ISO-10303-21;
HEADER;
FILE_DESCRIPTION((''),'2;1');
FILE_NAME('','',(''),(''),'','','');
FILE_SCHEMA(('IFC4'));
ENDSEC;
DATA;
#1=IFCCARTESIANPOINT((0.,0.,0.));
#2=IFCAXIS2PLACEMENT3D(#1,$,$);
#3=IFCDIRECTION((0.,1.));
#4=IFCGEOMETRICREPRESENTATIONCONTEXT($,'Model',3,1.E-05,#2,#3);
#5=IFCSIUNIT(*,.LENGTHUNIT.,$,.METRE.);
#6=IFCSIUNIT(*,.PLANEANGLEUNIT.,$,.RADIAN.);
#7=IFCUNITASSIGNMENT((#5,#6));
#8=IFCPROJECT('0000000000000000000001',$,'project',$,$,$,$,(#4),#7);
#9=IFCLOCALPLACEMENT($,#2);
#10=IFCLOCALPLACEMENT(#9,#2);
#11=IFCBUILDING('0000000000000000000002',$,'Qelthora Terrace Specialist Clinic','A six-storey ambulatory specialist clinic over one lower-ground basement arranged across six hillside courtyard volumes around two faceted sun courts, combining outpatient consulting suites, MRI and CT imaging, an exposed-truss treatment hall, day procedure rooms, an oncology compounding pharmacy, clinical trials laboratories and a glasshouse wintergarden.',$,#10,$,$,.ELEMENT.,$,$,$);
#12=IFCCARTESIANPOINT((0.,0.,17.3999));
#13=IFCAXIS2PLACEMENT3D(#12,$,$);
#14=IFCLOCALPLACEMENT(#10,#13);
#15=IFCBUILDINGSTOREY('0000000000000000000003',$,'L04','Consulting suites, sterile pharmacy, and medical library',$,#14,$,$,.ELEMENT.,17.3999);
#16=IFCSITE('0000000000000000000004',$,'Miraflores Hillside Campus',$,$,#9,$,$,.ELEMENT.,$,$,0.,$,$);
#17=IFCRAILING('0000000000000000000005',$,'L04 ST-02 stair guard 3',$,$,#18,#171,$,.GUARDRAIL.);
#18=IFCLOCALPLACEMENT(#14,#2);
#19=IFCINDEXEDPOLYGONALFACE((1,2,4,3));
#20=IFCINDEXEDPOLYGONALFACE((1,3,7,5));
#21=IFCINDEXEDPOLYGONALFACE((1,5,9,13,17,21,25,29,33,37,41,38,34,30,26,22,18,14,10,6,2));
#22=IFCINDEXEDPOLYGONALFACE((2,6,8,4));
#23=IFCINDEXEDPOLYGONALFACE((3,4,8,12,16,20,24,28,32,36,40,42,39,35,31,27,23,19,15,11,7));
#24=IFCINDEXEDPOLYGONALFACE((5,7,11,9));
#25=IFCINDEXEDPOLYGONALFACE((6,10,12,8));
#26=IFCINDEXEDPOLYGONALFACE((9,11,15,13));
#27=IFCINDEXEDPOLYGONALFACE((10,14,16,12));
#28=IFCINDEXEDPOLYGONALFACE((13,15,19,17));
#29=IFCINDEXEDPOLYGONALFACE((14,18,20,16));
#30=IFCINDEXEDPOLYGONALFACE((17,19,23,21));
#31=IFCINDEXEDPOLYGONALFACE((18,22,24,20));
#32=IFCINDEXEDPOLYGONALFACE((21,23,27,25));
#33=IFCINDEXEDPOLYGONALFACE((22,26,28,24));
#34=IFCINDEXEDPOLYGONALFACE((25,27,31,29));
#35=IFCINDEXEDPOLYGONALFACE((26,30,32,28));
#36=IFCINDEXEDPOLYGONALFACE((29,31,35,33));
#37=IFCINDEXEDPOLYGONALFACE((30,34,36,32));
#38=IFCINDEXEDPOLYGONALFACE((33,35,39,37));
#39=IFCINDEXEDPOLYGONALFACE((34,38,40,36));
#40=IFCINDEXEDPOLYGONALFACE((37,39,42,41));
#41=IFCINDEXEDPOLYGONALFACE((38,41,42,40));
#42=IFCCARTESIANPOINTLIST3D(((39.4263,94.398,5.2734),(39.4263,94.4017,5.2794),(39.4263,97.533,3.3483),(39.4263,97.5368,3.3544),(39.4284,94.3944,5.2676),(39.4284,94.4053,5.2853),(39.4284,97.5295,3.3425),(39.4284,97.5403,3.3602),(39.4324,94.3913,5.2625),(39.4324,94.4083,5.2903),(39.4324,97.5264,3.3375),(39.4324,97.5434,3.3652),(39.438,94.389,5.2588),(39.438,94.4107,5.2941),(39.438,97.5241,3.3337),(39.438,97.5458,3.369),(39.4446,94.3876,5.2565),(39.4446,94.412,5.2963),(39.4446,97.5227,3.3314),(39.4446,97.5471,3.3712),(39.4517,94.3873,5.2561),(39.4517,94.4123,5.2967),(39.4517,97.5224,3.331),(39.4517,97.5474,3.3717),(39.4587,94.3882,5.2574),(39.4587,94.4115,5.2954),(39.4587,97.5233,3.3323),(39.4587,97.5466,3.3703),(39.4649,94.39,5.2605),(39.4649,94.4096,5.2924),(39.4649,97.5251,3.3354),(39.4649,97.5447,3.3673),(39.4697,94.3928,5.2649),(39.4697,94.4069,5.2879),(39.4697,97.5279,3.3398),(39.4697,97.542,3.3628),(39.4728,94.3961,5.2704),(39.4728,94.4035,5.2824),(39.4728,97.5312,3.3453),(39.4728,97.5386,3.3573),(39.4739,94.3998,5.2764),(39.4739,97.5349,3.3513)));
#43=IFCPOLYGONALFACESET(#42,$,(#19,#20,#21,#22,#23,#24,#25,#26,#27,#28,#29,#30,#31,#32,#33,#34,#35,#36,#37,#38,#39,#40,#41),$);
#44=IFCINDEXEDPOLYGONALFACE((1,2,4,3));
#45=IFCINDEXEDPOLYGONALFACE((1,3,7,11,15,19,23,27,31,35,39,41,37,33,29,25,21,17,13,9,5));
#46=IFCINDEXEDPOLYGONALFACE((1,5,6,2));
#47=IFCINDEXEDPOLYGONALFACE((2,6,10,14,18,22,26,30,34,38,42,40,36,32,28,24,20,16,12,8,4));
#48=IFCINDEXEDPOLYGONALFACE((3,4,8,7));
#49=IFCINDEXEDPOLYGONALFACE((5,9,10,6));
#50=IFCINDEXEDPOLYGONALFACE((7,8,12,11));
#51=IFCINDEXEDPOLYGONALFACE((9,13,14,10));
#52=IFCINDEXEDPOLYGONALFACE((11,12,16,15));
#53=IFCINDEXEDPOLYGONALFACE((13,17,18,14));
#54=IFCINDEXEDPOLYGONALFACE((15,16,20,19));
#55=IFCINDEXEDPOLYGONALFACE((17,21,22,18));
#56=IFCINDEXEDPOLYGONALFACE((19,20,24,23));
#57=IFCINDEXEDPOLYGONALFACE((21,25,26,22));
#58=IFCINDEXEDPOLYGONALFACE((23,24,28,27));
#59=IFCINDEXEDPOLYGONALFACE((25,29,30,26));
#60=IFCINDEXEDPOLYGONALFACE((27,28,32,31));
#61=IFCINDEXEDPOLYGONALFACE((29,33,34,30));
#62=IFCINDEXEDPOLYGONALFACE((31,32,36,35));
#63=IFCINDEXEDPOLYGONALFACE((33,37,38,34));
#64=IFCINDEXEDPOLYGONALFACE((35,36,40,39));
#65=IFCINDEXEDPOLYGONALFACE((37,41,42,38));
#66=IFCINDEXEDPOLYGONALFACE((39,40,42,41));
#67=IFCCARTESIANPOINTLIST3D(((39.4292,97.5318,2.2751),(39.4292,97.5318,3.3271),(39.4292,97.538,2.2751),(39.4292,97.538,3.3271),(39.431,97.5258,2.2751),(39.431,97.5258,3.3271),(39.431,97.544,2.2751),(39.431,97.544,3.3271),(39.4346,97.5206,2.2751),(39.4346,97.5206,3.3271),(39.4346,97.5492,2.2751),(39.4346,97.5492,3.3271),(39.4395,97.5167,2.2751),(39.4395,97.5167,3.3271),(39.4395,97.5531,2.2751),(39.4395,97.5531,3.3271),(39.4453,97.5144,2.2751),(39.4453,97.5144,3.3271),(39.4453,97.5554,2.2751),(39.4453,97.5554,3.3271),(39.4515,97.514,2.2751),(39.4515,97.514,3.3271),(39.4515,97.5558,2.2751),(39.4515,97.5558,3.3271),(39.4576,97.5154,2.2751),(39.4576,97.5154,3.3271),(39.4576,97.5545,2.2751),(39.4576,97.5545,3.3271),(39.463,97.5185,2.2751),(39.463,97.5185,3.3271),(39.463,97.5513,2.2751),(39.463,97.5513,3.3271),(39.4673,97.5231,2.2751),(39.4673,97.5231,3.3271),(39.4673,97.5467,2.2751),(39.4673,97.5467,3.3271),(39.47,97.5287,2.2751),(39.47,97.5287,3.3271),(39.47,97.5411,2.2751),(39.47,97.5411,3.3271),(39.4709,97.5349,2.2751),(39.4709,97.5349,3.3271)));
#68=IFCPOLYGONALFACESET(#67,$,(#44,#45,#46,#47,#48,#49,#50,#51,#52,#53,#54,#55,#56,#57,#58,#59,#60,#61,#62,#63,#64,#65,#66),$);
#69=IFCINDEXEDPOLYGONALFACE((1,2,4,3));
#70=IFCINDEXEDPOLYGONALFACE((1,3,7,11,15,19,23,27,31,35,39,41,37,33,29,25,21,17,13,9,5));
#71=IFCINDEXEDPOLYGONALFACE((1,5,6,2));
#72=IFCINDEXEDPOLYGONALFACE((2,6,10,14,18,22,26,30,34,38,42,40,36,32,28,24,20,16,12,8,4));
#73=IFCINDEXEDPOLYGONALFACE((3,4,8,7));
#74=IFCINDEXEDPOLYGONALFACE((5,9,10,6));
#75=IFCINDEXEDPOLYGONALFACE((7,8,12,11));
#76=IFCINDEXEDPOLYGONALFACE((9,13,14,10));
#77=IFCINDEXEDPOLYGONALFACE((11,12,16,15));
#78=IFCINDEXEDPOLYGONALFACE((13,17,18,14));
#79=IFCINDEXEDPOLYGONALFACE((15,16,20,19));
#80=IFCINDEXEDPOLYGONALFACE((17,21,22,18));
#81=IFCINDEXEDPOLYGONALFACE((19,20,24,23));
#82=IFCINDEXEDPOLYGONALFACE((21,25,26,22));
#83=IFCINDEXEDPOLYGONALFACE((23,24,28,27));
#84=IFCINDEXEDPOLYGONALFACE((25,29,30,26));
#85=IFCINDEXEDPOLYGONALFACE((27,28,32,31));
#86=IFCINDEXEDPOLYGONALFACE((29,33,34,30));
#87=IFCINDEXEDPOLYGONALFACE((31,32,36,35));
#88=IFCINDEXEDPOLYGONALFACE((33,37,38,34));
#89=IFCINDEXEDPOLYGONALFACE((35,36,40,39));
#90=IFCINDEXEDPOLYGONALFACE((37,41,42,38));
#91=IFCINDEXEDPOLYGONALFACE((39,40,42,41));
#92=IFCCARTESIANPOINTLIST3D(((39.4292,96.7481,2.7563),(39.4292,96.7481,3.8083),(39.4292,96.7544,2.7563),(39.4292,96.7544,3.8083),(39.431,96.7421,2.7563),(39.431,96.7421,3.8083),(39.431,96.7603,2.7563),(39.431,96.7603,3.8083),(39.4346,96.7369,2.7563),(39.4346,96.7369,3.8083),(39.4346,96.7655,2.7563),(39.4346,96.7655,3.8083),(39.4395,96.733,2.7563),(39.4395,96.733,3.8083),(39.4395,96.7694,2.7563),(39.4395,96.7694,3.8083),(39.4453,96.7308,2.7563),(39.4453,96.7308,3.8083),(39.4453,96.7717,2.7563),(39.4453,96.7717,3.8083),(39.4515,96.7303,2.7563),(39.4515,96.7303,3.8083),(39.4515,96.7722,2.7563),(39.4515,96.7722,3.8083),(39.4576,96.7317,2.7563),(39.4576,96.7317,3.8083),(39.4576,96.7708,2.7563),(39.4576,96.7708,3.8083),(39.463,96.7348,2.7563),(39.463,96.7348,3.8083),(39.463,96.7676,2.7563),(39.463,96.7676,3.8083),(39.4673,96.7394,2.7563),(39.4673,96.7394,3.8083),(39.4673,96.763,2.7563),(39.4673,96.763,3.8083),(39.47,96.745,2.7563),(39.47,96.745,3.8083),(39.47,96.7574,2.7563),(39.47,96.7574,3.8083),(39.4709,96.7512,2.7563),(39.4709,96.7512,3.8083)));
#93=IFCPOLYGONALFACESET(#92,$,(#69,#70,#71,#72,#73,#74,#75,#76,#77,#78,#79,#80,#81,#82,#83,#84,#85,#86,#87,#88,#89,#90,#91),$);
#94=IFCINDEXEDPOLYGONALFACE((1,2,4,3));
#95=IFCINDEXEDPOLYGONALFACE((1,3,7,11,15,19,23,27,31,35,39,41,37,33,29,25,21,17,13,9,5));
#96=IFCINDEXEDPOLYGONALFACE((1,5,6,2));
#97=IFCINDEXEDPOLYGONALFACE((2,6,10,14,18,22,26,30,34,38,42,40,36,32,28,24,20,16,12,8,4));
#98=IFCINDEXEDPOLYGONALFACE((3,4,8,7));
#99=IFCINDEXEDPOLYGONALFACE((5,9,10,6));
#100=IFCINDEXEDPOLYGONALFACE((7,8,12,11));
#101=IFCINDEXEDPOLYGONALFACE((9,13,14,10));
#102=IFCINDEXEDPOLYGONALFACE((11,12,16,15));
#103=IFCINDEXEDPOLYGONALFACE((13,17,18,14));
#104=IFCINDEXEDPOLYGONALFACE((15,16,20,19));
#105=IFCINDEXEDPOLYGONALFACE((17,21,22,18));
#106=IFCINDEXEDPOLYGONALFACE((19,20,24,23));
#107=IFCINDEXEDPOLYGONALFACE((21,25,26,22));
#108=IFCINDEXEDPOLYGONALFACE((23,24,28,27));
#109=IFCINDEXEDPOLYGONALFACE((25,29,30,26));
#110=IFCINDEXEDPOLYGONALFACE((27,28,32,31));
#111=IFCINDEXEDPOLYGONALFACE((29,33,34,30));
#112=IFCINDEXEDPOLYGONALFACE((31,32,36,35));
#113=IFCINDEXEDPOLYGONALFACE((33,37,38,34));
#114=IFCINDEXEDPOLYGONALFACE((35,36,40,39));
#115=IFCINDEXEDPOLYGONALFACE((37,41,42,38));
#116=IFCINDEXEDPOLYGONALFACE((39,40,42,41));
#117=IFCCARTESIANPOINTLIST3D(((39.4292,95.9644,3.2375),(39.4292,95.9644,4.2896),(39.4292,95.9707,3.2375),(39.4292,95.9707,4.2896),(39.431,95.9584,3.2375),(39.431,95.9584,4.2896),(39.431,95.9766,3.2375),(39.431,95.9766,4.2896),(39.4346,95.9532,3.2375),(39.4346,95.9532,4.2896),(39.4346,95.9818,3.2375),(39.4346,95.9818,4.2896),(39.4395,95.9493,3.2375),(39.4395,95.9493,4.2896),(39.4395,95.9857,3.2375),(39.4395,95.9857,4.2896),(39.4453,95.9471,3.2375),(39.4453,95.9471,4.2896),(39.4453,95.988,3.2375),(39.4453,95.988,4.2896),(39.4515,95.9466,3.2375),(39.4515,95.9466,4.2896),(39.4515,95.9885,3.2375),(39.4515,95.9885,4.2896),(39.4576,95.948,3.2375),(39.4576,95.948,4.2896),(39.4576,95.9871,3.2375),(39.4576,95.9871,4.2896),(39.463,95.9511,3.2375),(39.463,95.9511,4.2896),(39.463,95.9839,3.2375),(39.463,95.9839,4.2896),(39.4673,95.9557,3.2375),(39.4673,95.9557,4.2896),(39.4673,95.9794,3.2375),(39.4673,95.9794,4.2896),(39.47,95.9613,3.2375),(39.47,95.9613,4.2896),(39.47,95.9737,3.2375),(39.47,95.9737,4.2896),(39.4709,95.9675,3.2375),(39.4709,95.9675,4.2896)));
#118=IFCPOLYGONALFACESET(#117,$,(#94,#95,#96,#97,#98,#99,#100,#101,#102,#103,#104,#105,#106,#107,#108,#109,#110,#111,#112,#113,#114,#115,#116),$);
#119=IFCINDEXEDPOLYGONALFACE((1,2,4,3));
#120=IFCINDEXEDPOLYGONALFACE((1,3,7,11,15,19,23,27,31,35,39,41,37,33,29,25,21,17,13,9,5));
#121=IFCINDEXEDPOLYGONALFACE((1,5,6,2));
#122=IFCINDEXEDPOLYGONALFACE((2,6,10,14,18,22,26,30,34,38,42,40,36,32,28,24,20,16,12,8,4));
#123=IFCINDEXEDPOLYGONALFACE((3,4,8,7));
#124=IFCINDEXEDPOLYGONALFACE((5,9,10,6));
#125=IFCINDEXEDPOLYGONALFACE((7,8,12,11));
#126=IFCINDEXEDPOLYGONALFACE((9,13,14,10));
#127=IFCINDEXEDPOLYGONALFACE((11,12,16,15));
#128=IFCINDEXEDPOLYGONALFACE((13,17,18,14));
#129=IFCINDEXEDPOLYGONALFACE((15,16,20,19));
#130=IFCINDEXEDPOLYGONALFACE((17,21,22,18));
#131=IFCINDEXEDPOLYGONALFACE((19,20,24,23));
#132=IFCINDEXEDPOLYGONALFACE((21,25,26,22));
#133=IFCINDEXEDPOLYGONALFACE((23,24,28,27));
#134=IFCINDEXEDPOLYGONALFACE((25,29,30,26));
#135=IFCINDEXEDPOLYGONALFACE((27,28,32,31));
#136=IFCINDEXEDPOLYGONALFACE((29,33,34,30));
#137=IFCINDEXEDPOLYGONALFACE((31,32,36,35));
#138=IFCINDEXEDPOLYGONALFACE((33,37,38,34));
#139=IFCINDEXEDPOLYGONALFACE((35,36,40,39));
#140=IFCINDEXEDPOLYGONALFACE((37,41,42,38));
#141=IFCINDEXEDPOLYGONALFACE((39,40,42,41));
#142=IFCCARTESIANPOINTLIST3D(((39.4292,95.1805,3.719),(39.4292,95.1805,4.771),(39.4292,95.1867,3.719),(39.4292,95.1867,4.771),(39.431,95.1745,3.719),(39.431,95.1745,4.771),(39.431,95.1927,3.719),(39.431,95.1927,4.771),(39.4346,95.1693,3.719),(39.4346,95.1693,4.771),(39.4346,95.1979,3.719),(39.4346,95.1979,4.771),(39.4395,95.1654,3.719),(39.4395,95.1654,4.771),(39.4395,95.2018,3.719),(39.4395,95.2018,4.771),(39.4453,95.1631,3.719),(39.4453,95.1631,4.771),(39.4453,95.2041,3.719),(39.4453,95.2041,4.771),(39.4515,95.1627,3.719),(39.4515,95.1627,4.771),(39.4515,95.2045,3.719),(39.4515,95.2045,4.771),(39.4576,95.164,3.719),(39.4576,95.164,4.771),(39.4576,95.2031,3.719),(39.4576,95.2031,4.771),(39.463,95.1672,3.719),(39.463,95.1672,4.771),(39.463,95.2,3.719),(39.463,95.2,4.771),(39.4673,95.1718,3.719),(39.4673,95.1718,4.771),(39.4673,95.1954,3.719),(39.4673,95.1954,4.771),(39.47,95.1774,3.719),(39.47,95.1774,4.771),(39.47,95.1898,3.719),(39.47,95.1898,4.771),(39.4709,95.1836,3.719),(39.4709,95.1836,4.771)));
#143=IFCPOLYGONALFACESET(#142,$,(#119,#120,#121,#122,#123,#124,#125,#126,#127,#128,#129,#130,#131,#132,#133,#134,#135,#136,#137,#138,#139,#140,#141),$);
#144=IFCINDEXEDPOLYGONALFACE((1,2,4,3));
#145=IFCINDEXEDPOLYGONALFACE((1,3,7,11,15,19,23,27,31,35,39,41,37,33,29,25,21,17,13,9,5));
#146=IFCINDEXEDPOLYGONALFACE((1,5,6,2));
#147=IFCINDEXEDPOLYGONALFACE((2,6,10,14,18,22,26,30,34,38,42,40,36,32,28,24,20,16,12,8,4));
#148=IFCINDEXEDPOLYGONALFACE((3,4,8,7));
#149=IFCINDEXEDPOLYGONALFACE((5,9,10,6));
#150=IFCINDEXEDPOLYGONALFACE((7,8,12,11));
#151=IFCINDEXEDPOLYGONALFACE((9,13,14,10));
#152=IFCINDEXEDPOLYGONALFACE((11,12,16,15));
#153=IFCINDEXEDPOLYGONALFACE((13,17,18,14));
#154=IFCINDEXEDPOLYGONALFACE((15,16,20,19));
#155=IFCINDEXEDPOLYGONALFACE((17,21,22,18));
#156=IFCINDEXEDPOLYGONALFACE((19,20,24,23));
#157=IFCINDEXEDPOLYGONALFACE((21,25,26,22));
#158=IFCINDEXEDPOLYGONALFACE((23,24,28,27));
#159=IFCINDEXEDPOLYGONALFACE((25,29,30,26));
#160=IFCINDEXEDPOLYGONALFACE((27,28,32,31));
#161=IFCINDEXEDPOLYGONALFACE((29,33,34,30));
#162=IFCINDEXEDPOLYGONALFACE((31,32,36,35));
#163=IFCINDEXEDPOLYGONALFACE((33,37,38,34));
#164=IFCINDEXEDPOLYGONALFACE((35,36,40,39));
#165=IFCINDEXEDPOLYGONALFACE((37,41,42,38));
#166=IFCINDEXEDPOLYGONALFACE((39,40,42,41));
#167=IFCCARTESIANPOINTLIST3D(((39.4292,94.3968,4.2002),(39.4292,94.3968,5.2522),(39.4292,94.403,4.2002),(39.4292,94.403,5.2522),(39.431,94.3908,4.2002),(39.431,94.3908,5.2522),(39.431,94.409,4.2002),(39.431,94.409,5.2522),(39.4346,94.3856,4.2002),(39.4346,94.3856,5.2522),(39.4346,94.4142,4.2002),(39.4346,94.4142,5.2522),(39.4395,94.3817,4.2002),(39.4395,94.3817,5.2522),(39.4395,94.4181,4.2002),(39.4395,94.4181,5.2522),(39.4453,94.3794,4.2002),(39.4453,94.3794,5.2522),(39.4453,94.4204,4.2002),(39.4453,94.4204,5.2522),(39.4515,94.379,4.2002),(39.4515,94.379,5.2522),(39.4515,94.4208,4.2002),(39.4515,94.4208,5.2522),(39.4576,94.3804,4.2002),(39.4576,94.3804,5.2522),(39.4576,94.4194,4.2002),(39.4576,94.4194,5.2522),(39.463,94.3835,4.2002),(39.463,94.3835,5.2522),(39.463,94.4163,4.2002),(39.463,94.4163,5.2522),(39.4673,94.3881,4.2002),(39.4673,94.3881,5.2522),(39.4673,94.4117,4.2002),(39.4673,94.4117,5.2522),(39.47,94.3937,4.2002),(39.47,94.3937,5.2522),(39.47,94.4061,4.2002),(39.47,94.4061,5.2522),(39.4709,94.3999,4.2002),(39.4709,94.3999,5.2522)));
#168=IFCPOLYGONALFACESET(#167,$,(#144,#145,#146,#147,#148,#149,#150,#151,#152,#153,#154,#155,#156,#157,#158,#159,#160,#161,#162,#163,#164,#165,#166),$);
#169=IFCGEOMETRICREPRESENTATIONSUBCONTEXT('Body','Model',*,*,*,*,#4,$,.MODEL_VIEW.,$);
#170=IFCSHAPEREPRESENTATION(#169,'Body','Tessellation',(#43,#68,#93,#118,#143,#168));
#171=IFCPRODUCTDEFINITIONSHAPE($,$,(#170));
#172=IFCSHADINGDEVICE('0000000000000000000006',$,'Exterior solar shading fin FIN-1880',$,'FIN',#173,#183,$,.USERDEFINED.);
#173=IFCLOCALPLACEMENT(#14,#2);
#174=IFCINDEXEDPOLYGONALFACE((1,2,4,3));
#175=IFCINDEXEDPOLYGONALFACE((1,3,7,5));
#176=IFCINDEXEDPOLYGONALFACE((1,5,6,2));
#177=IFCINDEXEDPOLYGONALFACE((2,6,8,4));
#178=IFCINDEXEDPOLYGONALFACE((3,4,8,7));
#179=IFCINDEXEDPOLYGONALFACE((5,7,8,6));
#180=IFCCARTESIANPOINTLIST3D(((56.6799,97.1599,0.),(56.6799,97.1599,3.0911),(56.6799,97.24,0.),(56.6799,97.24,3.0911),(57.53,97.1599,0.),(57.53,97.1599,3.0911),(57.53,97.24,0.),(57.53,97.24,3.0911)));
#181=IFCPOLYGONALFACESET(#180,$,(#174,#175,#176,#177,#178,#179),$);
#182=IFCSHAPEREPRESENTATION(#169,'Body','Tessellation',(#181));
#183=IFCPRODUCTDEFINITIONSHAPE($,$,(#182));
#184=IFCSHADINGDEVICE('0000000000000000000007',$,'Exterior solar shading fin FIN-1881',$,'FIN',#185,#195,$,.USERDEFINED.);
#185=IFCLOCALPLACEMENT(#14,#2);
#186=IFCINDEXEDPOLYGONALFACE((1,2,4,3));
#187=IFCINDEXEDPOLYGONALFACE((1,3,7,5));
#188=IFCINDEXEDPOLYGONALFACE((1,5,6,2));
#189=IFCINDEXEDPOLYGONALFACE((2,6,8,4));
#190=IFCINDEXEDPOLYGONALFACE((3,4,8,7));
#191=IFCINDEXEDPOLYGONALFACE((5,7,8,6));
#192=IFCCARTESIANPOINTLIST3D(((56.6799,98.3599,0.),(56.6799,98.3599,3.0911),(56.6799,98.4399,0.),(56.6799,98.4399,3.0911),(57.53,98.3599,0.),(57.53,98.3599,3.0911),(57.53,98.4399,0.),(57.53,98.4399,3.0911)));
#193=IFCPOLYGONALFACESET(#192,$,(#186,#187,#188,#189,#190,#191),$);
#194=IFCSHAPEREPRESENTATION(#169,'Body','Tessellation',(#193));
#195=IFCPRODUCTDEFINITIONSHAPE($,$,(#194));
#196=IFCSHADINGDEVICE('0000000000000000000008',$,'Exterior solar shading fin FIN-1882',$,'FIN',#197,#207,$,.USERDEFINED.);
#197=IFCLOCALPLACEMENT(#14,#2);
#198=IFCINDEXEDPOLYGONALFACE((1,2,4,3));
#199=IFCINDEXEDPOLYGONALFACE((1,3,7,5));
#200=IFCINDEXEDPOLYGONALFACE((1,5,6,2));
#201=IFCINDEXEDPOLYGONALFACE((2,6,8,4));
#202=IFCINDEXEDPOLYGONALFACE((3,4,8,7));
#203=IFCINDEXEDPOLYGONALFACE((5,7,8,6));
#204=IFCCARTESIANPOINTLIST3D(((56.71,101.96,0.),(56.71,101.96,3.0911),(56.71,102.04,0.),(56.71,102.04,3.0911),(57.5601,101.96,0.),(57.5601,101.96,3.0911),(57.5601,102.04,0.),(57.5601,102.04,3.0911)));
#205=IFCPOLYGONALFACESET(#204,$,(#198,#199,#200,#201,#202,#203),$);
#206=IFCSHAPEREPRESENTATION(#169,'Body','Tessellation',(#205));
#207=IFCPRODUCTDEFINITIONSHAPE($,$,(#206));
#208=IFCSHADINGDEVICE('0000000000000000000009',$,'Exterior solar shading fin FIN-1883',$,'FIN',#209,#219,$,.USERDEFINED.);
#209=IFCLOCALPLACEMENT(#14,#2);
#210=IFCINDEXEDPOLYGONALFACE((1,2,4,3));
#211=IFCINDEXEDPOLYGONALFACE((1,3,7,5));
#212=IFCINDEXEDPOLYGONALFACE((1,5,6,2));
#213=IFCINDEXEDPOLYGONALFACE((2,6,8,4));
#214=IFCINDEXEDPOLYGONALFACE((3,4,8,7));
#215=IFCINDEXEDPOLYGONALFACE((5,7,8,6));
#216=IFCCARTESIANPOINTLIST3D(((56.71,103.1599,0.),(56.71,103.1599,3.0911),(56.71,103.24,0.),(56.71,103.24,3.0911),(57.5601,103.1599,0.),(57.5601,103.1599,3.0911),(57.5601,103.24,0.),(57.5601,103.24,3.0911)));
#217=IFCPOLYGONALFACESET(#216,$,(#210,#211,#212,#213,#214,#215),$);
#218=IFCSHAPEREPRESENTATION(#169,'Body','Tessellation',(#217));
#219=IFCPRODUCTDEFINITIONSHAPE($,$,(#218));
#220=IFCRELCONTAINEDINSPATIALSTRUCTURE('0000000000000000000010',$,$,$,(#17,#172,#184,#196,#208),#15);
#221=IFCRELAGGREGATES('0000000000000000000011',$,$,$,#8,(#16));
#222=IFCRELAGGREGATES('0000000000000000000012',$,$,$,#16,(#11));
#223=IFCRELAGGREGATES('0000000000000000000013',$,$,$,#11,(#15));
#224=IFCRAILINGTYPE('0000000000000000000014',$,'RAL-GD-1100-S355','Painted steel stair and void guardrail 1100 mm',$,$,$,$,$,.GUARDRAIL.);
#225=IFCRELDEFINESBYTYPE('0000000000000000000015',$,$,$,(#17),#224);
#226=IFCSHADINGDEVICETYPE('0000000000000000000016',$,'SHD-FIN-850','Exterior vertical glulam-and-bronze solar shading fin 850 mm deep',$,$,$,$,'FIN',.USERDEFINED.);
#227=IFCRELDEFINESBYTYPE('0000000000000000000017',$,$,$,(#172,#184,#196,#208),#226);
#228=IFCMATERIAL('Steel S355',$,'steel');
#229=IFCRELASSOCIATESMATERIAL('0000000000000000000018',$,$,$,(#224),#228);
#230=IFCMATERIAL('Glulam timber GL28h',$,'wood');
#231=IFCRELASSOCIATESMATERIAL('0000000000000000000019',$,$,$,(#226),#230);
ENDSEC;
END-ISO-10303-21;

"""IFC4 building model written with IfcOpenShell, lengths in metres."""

from ifc_helpers import new_model, si_unit, direction, frame, origin, origin_2d, place, context, subcontext, project, spatial, rectangle, circle, extrude, material, type_object, element, save


model = new_model("IFC4")

# Units and contexts
model_context = context("Model", 3, precision=1e-05, world=origin(), true_north=direction((0.0, 1.0)))
body_context = subcontext(model_context, "Body", "Model", "MODEL_VIEW")
ifc_project = project(units=[si_unit("LENGTHUNIT", "METRE"), si_unit("PLANEANGLEUNIT", "RADIAN")], contexts=[model_context])

# Site, building, storey
site_placement = place(None, origin())
site = spatial("IfcSite", under=ifc_project, at=site_placement, Name="Miraflores Hillside Campus", CompositionType="ELEMENT", RefElevation=0.0)
building_placement = place(site_placement, origin())
building = spatial("IfcBuilding", under=site, at=building_placement, Name="Qelthora Terrace Specialist Clinic", Description="A six-storey ambulatory specialist clinic over one lower-ground basement arranged across six hillside courtyard volumes around two faceted sun courts, combining outpatient consulting suites, MRI and CT imaging, an exposed-truss treatment hall, day procedure rooms, an oncology compounding pharmacy, clinical trials laboratories and a glasshouse wintergarden.", CompositionType="ELEMENT")
storey_placement = place(building_placement, frame((0.0, 0.0, 17.3999)))
storey = spatial("IfcBuildingStorey", under=building, at=storey_placement, Name="L04", Description="Consulting suites, sterile pharmacy, and medical library", CompositionType="ELEMENT", Elevation=17.3999)

# Shared definitions
ifc_material_1 = material(Name="Steel S355", Category="steel")

# Railing
railing_type = type_object("IfcRailingType", Name="RAL-GD-1100-S355", Description="Painted steel stair and void guardrail 1100 mm", PredefinedType="GUARDRAIL", material=ifc_material_1)
railing_1_placement = place(storey_placement, frame((39.45, 97.5349, 2.2751)))
element("IfcRailing", 1, at=railing_1_placement, inside=storey, type_object=railing_type, Name="L04 ST-02 stair guard 3", PredefinedType="GUARDRAIL", context=body_context, shape_type="SweptSolid", body=[
    extrude(circle(Radius=0.0239, at=origin_2d()), frame((0.0, 0.0, 1.0762), z_axis=(0.0, -0.852166, 0.523271), x_axis=(1.0, 0.0, 0.0)), (0.0, 0.0, 1.0), 3.679),
    extrude(circle(Radius=0.021, at=origin_2d()), origin(), (0.0, 0.0, 1.0), 1.052),
    extrude(circle(Radius=0.021, at=origin_2d()), frame((0.0, -0.7837, 0.4812)), (0.0, 0.0, 1.0), 1.052),
    extrude(circle(Radius=0.021, at=origin_2d()), frame((0.0, -1.5674, 0.9624)), (0.0, 0.0, 1.0), 1.052),
    extrude(circle(Radius=0.021, at=origin_2d()), frame((0.0, -2.3513, 1.4438)), (0.0, 0.0, 1.0), 1.052),
    extrude(circle(Radius=0.021, at=origin_2d()), frame((0.0, -3.135, 1.925)), (0.0, 0.0, 1.0), 1.052),
])

# Shading devices
ifc_material_2 = material(Name="Glulam timber GL28h", Category="wood")
shading_device_type = type_object("IfcShadingDeviceType", Name="SHD-FIN-850", Description="Exterior vertical glulam-and-bronze solar shading fin 850 mm deep", ElementType="FIN", PredefinedType="USERDEFINED", material=ifc_material_2)
for number, where, z_axis, x_axis, name in (
    (2, (57.105, 97.2, 0.0), (0.0, 0.0, 1.0), (-1.0, 0.0, 0.0), "Exterior solar shading fin FIN-1880"),
    (3, (57.105, 98.3999, 0.0), (0.0, 0.0, 1.0), (-1.0, 0.0, 0.0), "Exterior solar shading fin FIN-1881"),
    (4, (57.135, 102.0, 0.0), (0.0, 0.0, 1.0), (-1.0, 0.0, 0.0), "Exterior solar shading fin FIN-1882"),
    (5, (57.135, 103.2, 0.0), (0.0, 0.0, 1.0), (-1.0, 0.0, 0.0), "Exterior solar shading fin FIN-1883"),
):
    element("IfcShadingDevice", number, at=place(storey_placement, frame(where, z_axis=z_axis, x_axis=x_axis)), inside=storey, type_object=shading_device_type, Name=name, ObjectType="FIN", PredefinedType="USERDEFINED", context=body_context, shape_type="SweptSolid", body=[
        extrude(rectangle(XDim=0.8501, YDim=0.0801, at=origin_2d()), origin(), (0.0, 0.0, 1.0), 3.0911),
    ])

save(model, "model.ifc")
